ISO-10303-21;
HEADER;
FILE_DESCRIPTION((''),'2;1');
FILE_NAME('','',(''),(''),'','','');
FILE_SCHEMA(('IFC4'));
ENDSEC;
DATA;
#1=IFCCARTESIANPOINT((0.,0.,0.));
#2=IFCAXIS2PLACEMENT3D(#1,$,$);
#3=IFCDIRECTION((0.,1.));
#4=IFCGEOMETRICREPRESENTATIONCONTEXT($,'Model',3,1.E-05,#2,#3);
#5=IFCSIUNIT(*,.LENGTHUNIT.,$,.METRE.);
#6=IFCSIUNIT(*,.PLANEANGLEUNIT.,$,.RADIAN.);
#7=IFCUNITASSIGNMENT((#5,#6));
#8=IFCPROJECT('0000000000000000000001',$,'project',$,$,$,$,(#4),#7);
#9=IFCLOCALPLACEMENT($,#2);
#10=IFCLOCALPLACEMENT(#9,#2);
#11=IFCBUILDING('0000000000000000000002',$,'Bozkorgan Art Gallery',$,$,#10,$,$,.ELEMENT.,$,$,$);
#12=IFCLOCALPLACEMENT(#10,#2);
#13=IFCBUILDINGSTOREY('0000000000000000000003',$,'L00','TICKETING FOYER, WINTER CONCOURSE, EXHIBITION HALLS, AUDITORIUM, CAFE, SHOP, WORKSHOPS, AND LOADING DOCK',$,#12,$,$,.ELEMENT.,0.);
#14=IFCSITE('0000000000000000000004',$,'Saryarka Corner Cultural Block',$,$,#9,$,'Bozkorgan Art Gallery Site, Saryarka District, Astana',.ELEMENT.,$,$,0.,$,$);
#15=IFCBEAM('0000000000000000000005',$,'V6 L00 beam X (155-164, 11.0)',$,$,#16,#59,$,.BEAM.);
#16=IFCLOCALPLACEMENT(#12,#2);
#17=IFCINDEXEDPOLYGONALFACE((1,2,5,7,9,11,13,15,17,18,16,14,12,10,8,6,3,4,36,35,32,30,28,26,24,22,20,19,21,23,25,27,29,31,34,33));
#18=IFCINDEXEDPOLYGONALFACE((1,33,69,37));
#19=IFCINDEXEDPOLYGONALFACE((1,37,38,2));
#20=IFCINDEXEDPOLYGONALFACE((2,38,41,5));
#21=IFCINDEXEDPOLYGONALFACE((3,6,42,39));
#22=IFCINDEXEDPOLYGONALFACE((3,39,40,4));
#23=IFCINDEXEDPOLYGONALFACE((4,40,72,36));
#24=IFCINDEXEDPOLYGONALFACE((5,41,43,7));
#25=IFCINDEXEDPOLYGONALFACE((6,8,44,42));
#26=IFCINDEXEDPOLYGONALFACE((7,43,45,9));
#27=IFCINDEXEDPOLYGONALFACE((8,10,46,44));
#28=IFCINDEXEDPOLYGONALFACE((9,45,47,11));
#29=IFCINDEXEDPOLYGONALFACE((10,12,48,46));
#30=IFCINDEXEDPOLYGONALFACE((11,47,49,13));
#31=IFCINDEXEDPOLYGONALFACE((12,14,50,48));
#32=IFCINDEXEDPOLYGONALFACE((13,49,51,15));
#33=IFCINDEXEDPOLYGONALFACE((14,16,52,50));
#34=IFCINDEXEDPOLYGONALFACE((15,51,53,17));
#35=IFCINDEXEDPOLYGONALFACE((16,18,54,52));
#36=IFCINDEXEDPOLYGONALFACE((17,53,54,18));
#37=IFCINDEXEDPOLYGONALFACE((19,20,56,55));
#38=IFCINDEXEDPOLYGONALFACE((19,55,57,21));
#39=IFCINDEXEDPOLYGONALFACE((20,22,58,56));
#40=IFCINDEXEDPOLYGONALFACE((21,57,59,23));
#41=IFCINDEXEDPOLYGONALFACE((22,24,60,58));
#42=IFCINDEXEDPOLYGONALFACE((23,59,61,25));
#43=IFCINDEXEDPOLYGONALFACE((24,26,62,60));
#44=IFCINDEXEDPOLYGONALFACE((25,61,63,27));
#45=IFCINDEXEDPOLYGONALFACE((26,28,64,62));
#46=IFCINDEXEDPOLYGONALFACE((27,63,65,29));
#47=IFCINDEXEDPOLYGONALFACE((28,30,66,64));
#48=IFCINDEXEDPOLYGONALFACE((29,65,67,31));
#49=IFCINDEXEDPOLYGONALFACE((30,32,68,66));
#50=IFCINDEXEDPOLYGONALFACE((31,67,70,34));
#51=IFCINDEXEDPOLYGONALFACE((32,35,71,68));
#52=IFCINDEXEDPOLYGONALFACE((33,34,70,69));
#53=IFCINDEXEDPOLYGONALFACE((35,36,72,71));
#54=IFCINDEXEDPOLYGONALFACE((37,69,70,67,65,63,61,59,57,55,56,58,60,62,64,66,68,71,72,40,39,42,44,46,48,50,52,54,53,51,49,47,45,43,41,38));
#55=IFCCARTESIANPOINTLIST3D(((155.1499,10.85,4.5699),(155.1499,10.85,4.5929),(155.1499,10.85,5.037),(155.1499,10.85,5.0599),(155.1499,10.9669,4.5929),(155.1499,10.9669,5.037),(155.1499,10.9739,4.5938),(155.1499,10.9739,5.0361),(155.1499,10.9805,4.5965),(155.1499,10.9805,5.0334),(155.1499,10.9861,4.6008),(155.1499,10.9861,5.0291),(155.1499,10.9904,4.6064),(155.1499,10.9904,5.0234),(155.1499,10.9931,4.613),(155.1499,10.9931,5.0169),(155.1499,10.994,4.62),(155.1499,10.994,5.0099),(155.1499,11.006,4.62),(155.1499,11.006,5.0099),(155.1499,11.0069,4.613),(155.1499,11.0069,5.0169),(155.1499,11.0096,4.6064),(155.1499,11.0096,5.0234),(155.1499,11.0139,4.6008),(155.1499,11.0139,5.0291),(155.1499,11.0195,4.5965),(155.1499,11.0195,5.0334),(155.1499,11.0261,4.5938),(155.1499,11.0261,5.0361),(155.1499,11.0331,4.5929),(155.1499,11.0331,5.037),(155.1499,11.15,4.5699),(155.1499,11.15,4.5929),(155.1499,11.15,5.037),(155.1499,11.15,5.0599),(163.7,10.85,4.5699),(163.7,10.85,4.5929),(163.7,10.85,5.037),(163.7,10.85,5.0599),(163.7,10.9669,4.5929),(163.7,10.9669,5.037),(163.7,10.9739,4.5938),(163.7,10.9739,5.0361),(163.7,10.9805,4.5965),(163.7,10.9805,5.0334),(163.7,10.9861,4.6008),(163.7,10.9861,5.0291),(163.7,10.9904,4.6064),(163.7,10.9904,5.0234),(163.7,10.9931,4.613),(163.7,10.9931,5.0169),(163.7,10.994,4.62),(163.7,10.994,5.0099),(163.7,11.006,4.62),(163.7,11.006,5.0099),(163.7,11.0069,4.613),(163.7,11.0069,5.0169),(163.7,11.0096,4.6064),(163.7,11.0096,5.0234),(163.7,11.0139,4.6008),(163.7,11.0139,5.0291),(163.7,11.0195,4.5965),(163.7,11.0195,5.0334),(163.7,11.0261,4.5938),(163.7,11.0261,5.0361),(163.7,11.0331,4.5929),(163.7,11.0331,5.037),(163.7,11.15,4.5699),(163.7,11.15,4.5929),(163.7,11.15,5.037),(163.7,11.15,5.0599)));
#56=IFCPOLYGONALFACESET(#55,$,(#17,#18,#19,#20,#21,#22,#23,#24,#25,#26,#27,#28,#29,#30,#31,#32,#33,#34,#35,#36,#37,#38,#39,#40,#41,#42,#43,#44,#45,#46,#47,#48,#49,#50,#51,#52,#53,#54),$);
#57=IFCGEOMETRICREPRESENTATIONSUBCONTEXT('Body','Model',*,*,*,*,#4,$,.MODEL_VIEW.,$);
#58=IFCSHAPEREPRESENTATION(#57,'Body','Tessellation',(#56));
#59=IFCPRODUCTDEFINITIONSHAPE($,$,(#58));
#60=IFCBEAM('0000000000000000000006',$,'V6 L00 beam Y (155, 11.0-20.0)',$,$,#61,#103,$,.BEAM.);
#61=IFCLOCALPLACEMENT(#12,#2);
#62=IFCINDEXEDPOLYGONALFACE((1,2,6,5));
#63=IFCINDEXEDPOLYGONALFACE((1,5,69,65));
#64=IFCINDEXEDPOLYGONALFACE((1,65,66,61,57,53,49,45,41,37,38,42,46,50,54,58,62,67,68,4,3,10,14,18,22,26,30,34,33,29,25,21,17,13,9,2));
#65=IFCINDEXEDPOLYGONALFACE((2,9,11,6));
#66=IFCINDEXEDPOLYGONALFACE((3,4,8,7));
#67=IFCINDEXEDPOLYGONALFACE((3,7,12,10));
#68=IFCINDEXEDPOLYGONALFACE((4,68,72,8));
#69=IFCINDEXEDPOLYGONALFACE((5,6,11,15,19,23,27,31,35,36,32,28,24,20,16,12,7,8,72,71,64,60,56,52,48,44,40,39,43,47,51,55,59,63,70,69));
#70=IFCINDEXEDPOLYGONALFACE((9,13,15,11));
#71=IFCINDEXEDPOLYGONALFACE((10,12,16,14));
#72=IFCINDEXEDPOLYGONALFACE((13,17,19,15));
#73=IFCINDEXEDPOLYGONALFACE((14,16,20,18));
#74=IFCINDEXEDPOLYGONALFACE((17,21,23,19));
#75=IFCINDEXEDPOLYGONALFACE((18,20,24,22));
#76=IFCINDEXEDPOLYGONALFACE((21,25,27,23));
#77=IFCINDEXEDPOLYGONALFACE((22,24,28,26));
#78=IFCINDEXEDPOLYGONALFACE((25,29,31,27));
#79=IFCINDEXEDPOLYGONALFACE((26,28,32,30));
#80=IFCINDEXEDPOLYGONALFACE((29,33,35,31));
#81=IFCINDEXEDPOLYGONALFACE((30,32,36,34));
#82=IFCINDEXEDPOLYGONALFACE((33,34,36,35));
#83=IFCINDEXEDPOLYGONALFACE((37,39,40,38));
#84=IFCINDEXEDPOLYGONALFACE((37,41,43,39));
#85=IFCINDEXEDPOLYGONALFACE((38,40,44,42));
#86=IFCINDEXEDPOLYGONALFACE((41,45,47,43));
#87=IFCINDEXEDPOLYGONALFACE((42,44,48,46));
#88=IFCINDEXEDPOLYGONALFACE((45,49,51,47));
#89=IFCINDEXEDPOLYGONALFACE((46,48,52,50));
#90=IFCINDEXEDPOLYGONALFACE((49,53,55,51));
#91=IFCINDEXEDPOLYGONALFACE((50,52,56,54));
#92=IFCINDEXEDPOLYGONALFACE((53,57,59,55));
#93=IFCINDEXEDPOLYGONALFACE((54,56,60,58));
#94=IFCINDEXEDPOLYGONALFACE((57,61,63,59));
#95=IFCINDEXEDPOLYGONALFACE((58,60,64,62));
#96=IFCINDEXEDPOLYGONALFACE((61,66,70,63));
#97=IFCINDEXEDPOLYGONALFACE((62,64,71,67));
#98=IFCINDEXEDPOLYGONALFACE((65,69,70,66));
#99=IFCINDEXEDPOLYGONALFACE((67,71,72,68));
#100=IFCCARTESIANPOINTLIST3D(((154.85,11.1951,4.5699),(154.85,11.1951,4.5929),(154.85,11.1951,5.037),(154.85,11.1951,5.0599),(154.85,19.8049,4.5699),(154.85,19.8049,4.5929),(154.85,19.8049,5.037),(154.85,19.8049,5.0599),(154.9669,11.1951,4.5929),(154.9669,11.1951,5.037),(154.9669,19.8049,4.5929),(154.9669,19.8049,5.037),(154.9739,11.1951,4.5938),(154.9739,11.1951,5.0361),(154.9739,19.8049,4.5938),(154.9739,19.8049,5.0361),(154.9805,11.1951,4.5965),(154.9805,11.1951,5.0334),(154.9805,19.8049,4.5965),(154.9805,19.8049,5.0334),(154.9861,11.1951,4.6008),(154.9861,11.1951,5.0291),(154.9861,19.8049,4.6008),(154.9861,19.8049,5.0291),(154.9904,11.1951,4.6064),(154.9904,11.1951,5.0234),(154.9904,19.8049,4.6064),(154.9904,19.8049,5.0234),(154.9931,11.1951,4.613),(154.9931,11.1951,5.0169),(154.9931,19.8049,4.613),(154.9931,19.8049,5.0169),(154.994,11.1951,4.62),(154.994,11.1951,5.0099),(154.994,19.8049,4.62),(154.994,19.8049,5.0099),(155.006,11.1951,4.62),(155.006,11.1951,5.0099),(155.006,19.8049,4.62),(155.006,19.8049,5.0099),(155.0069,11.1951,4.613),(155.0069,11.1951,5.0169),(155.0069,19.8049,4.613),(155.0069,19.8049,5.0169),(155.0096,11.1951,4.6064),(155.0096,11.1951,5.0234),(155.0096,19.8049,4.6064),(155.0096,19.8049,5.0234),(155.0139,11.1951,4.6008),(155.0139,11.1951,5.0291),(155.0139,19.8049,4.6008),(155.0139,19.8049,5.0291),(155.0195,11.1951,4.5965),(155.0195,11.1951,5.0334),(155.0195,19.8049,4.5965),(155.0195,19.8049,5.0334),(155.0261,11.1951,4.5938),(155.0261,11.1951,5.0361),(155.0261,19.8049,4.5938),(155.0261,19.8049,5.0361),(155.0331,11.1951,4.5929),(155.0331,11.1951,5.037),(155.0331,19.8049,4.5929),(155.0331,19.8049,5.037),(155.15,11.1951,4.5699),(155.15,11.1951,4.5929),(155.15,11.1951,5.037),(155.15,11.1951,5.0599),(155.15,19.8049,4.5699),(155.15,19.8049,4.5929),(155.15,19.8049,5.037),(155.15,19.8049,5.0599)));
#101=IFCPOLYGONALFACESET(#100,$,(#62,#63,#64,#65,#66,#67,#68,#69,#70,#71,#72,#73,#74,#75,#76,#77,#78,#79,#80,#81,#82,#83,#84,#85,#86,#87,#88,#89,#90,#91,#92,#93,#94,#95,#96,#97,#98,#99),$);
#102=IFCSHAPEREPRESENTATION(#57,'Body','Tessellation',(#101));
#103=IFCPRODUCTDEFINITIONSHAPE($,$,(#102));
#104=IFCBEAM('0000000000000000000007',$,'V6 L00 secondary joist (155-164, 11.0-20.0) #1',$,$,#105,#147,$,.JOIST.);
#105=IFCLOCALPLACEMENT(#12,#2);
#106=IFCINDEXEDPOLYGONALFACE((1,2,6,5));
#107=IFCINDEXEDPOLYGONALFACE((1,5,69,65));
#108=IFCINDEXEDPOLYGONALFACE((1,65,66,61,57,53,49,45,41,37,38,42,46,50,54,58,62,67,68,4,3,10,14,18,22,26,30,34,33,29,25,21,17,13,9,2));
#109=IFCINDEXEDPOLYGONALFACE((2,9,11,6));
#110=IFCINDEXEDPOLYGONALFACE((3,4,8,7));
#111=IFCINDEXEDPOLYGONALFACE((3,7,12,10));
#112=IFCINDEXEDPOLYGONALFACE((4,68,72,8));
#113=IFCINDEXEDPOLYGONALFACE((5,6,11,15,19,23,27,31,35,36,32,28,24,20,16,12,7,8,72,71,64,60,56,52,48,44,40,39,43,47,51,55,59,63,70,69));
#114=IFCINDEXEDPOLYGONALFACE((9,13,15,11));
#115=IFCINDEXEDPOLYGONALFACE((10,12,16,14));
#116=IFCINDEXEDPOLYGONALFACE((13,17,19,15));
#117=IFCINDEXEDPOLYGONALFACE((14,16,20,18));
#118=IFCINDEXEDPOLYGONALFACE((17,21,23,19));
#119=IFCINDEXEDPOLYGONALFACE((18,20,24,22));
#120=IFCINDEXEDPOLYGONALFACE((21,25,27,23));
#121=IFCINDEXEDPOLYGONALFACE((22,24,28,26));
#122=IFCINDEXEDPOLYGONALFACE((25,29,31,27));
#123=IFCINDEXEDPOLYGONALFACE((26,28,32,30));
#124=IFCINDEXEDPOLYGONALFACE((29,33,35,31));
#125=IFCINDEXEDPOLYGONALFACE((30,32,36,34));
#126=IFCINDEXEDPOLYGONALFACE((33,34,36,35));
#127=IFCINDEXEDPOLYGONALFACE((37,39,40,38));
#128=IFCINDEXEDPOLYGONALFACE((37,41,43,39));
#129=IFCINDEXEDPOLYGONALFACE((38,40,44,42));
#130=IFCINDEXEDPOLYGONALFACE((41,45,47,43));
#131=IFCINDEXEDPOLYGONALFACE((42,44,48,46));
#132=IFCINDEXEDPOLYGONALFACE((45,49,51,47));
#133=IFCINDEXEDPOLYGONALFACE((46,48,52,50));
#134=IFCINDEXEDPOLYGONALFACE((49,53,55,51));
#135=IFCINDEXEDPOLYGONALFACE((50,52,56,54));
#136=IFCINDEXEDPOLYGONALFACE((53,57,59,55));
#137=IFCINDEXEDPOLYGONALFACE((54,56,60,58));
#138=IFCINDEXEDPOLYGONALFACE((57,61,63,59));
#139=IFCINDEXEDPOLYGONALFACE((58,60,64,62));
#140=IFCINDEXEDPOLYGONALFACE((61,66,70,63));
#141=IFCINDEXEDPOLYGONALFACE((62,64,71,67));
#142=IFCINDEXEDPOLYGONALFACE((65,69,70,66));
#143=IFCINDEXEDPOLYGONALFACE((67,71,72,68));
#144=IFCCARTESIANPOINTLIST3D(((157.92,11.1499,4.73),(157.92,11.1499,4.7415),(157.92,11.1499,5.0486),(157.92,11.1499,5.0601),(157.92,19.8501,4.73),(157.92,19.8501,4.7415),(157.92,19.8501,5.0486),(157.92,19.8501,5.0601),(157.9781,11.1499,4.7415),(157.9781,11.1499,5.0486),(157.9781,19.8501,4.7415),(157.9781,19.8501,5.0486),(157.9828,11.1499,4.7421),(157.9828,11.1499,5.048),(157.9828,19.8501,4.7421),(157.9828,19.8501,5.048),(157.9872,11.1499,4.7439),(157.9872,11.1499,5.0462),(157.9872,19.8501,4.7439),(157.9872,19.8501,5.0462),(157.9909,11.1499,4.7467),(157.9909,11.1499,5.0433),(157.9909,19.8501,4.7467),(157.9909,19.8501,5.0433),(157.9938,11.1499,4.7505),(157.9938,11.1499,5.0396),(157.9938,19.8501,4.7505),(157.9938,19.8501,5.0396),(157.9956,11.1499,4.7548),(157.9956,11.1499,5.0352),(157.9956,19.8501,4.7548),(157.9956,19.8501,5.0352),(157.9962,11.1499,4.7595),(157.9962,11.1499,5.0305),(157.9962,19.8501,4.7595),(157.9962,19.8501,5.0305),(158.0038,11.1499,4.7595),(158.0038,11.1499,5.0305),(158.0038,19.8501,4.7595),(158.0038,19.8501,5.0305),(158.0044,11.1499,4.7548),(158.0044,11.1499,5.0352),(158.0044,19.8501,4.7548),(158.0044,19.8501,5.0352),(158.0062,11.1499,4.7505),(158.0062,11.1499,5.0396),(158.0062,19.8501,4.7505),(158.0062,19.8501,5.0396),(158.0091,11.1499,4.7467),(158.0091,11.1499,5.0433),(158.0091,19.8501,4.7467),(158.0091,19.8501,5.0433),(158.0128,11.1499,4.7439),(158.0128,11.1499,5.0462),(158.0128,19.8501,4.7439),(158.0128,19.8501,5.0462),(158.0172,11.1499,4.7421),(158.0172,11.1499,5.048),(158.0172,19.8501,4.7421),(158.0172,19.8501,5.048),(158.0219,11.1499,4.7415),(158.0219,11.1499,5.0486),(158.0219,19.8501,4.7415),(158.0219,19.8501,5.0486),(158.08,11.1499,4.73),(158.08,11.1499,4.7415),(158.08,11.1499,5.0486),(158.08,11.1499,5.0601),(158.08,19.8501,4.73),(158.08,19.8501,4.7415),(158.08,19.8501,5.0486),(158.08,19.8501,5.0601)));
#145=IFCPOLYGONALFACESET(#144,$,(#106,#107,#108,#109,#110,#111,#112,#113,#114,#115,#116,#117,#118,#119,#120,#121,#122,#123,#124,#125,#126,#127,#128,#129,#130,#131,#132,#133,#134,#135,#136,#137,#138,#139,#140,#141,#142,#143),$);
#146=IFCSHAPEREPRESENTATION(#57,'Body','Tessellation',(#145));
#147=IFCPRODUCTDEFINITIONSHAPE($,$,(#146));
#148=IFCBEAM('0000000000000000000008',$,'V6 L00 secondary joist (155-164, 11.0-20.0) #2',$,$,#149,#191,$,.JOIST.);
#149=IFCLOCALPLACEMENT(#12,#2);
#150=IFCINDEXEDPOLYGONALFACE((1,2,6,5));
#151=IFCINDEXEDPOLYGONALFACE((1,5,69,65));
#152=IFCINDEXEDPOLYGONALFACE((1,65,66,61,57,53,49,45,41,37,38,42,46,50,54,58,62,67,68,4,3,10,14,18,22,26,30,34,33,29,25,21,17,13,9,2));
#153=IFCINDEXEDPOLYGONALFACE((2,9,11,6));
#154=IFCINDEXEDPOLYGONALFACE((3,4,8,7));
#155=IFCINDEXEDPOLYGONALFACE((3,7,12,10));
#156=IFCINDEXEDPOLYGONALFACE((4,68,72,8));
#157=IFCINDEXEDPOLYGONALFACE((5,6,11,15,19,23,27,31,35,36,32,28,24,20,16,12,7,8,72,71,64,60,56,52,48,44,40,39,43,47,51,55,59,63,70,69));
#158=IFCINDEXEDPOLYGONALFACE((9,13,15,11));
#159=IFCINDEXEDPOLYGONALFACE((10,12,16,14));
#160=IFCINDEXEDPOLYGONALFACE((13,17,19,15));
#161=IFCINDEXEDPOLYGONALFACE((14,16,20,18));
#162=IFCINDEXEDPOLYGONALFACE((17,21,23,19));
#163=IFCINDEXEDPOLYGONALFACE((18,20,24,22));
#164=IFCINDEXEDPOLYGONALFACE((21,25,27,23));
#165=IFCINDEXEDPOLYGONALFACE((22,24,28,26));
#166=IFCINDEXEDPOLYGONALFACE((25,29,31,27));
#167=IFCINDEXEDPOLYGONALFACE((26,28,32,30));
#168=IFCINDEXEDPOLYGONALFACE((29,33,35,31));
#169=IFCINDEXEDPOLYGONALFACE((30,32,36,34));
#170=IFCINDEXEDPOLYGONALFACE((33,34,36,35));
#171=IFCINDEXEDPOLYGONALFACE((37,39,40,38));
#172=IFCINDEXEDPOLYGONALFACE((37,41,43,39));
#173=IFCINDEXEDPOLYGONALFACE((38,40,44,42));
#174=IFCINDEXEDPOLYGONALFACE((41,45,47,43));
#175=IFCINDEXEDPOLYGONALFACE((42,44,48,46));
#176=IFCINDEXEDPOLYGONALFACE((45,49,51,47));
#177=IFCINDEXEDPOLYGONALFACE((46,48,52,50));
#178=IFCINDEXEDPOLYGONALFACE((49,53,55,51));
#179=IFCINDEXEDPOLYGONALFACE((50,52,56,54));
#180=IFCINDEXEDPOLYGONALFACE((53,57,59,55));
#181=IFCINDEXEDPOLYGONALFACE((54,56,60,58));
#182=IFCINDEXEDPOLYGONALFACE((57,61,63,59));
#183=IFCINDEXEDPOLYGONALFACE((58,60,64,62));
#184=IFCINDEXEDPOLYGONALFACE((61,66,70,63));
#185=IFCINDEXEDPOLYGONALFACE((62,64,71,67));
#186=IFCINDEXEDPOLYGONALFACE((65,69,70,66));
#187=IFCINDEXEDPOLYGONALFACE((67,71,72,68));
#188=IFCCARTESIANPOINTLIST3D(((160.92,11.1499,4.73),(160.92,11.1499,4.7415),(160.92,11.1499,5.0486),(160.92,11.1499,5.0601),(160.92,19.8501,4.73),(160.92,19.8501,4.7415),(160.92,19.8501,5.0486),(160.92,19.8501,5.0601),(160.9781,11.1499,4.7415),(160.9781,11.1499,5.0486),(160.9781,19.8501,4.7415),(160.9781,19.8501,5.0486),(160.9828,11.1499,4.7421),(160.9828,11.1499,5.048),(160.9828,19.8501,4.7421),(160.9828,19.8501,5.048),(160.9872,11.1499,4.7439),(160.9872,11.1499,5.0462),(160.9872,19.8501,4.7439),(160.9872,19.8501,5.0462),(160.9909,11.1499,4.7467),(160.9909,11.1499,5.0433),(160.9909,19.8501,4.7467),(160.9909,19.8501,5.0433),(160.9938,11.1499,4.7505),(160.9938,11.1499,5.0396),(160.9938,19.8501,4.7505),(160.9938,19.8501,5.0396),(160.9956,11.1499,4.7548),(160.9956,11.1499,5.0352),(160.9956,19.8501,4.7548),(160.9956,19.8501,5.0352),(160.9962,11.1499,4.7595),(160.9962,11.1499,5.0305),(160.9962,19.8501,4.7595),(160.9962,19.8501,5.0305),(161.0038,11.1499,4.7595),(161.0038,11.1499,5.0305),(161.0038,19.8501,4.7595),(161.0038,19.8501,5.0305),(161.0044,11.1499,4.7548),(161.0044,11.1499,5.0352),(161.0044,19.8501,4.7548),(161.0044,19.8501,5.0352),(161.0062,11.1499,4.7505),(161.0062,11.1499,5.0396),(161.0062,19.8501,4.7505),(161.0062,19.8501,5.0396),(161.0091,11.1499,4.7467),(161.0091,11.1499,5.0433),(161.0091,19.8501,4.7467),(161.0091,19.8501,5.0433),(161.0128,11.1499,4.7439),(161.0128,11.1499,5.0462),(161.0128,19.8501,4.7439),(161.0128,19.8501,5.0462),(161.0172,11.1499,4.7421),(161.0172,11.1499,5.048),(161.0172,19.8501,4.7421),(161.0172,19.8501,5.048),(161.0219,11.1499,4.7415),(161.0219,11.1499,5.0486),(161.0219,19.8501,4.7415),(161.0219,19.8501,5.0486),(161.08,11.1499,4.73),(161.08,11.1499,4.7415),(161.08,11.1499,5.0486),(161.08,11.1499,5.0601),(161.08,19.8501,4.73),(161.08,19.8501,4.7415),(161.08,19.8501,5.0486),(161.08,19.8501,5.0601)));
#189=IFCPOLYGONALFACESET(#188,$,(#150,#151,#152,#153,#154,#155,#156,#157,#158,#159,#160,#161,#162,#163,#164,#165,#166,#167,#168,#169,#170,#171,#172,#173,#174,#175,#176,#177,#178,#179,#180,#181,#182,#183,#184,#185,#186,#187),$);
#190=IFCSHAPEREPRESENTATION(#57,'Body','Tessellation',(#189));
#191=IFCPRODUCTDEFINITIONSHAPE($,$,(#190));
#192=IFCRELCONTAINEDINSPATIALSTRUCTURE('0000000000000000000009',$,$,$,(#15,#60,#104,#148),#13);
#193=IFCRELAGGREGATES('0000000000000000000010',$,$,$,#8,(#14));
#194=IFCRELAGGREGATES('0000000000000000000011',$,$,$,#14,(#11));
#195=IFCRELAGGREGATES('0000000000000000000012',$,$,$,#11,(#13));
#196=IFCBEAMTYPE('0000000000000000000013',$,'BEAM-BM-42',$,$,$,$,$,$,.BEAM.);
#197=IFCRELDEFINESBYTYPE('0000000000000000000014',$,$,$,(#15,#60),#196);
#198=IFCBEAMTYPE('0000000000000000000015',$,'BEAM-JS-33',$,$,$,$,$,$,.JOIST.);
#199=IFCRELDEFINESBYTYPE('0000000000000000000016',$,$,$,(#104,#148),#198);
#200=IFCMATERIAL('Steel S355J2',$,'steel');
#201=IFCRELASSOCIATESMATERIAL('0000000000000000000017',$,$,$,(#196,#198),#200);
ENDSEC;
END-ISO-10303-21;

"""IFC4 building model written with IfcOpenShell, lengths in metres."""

from ifc_helpers import new_model, si_unit, direction, frame, origin, origin_2d, place, context, subcontext, project, spatial, i_section, extrude, material, material_profile, profile_set, type_object, element, save


model = new_model("IFC4")

# Units and contexts
model_context = context("Model", 3, precision=1e-05, world=origin(), true_north=direction((0.0, 1.0)))
body_context = subcontext(model_context, "Body", "Model", "MODEL_VIEW")
ifc_project = project(units=[si_unit("LENGTHUNIT", "METRE"), si_unit("PLANEANGLEUNIT", "RADIAN")], contexts=[model_context])

# Site, building, storey
site_placement = place(None, origin())
site = spatial("IfcSite", under=ifc_project, at=site_placement, Name="Saryarka Corner Cultural Block", LongName="Bozkorgan Art Gallery Site, Saryarka District, Astana", CompositionType="ELEMENT", RefElevation=0.0)
building_placement = place(site_placement, origin())
building = spatial("IfcBuilding", under=site, at=building_placement, Name="Bozkorgan Art Gallery", CompositionType="ELEMENT")
storey_placement = place(building_placement, origin())
storey = spatial("IfcBuildingStorey", under=building, at=storey_placement, Name="L00", Description="TICKETING FOYER, WINTER CONCOURSE, EXHIBITION HALLS, AUDITORIUM, CAFE, SHOP, WORKSHOPS, AND LOADING DOCK", CompositionType="ELEMENT", Elevation=0.0)

# Shared definitions
ifc_material_1 = material(Name="Steel S355J2", Category="steel")

# Beams
ifc_material_profile_1 = material_profile(ifc_material_1, i_section(OverallWidth=0.3, OverallDepth=0.49, WebThickness=0.012, FlangeThickness=0.0229, FilletRadius=0.0271, at=origin_2d()), Name="HEA 500")
ifc_profile_set_1 = profile_set([ifc_material_profile_1], Name="Steel S355J2")
beam_type_1 = type_object("IfcBeamType", Name="BEAM-BM-42", PredefinedType="BEAM", material=ifc_profile_set_1)
beam_1_placement = place(storey_placement, frame((155.1499, 11.0, 4.8149), z_axis=(1.0, 0.0, 0.0), x_axis=(0.0, 1.0, 0.0)))
element("IfcBeam", 1, at=beam_1_placement, inside=storey, type_object=beam_type_1, Name="V6 L00 beam X (155-164, 11.0)", PredefinedType="BEAM", context=body_context, shape_type="SweptSolid", body=[
    extrude(i_section(OverallWidth=0.3, OverallDepth=0.49, WebThickness=0.012, FlangeThickness=0.0229, FilletRadius=0.0271, at=origin_2d()), origin(), (0.0, 0.0, 1.0), 8.55),
])
beam_2_placement = place(storey_placement, frame((155.0, 11.1951, 4.8149), z_axis=(0.0, 1.0, 0.0), x_axis=(-1.0, 0.0, 0.0)))
element("IfcBeam", 2, at=beam_2_placement, inside=storey, type_object=beam_type_1, Name="V6 L00 beam Y (155, 11.0-20.0)", PredefinedType="BEAM", context=body_context, shape_type="SweptSolid", body=[
    extrude(i_section(OverallWidth=0.3, OverallDepth=0.49, WebThickness=0.012, FlangeThickness=0.0229, FilletRadius=0.0271, at=origin_2d()), origin(), (0.0, 0.0, 1.0), 8.6099),
])
ifc_material_profile_2 = material_profile(ifc_material_1, i_section(OverallWidth=0.1599, OverallDepth=0.3301, WebThickness=0.0076, FlangeThickness=0.0115, FilletRadius=0.0181, at=origin_2d()), Name="IPE 330")
ifc_profile_set_2 = profile_set([ifc_material_profile_2], Name="Steel S355J2")
beam_type_2 = type_object("IfcBeamType", Name="BEAM-JS-33", PredefinedType="JOIST", material=ifc_profile_set_2)
for number, where, z_axis, x_axis, name in (
    (3, (158.0, 11.1499, 4.895), (0.0, 1.0, 0.0), (-1.0, 0.0, 0.0), "V6 L00 secondary joist (155-164, 11.0-20.0) #1"),
    (4, (161.0, 11.1499, 4.895), (0.0, 1.0, 0.0), (-1.0, 0.0, 0.0), "V6 L00 secondary joist (155-164, 11.0-20.0) #2"),
):
    element("IfcBeam", number, at=place(storey_placement, frame(where, z_axis=z_axis, x_axis=x_axis)), inside=storey, type_object=beam_type_2, Name=name, PredefinedType="JOIST", context=body_context, shape_type="SweptSolid", body=[
        extrude(i_section(OverallWidth=0.1599, OverallDepth=0.3301, WebThickness=0.0076, FlangeThickness=0.0115, FilletRadius=0.0181, at=origin_2d()), origin(), (0.0, 0.0, 1.0), 8.7002),
    ])

save(model, "model.ifc")
